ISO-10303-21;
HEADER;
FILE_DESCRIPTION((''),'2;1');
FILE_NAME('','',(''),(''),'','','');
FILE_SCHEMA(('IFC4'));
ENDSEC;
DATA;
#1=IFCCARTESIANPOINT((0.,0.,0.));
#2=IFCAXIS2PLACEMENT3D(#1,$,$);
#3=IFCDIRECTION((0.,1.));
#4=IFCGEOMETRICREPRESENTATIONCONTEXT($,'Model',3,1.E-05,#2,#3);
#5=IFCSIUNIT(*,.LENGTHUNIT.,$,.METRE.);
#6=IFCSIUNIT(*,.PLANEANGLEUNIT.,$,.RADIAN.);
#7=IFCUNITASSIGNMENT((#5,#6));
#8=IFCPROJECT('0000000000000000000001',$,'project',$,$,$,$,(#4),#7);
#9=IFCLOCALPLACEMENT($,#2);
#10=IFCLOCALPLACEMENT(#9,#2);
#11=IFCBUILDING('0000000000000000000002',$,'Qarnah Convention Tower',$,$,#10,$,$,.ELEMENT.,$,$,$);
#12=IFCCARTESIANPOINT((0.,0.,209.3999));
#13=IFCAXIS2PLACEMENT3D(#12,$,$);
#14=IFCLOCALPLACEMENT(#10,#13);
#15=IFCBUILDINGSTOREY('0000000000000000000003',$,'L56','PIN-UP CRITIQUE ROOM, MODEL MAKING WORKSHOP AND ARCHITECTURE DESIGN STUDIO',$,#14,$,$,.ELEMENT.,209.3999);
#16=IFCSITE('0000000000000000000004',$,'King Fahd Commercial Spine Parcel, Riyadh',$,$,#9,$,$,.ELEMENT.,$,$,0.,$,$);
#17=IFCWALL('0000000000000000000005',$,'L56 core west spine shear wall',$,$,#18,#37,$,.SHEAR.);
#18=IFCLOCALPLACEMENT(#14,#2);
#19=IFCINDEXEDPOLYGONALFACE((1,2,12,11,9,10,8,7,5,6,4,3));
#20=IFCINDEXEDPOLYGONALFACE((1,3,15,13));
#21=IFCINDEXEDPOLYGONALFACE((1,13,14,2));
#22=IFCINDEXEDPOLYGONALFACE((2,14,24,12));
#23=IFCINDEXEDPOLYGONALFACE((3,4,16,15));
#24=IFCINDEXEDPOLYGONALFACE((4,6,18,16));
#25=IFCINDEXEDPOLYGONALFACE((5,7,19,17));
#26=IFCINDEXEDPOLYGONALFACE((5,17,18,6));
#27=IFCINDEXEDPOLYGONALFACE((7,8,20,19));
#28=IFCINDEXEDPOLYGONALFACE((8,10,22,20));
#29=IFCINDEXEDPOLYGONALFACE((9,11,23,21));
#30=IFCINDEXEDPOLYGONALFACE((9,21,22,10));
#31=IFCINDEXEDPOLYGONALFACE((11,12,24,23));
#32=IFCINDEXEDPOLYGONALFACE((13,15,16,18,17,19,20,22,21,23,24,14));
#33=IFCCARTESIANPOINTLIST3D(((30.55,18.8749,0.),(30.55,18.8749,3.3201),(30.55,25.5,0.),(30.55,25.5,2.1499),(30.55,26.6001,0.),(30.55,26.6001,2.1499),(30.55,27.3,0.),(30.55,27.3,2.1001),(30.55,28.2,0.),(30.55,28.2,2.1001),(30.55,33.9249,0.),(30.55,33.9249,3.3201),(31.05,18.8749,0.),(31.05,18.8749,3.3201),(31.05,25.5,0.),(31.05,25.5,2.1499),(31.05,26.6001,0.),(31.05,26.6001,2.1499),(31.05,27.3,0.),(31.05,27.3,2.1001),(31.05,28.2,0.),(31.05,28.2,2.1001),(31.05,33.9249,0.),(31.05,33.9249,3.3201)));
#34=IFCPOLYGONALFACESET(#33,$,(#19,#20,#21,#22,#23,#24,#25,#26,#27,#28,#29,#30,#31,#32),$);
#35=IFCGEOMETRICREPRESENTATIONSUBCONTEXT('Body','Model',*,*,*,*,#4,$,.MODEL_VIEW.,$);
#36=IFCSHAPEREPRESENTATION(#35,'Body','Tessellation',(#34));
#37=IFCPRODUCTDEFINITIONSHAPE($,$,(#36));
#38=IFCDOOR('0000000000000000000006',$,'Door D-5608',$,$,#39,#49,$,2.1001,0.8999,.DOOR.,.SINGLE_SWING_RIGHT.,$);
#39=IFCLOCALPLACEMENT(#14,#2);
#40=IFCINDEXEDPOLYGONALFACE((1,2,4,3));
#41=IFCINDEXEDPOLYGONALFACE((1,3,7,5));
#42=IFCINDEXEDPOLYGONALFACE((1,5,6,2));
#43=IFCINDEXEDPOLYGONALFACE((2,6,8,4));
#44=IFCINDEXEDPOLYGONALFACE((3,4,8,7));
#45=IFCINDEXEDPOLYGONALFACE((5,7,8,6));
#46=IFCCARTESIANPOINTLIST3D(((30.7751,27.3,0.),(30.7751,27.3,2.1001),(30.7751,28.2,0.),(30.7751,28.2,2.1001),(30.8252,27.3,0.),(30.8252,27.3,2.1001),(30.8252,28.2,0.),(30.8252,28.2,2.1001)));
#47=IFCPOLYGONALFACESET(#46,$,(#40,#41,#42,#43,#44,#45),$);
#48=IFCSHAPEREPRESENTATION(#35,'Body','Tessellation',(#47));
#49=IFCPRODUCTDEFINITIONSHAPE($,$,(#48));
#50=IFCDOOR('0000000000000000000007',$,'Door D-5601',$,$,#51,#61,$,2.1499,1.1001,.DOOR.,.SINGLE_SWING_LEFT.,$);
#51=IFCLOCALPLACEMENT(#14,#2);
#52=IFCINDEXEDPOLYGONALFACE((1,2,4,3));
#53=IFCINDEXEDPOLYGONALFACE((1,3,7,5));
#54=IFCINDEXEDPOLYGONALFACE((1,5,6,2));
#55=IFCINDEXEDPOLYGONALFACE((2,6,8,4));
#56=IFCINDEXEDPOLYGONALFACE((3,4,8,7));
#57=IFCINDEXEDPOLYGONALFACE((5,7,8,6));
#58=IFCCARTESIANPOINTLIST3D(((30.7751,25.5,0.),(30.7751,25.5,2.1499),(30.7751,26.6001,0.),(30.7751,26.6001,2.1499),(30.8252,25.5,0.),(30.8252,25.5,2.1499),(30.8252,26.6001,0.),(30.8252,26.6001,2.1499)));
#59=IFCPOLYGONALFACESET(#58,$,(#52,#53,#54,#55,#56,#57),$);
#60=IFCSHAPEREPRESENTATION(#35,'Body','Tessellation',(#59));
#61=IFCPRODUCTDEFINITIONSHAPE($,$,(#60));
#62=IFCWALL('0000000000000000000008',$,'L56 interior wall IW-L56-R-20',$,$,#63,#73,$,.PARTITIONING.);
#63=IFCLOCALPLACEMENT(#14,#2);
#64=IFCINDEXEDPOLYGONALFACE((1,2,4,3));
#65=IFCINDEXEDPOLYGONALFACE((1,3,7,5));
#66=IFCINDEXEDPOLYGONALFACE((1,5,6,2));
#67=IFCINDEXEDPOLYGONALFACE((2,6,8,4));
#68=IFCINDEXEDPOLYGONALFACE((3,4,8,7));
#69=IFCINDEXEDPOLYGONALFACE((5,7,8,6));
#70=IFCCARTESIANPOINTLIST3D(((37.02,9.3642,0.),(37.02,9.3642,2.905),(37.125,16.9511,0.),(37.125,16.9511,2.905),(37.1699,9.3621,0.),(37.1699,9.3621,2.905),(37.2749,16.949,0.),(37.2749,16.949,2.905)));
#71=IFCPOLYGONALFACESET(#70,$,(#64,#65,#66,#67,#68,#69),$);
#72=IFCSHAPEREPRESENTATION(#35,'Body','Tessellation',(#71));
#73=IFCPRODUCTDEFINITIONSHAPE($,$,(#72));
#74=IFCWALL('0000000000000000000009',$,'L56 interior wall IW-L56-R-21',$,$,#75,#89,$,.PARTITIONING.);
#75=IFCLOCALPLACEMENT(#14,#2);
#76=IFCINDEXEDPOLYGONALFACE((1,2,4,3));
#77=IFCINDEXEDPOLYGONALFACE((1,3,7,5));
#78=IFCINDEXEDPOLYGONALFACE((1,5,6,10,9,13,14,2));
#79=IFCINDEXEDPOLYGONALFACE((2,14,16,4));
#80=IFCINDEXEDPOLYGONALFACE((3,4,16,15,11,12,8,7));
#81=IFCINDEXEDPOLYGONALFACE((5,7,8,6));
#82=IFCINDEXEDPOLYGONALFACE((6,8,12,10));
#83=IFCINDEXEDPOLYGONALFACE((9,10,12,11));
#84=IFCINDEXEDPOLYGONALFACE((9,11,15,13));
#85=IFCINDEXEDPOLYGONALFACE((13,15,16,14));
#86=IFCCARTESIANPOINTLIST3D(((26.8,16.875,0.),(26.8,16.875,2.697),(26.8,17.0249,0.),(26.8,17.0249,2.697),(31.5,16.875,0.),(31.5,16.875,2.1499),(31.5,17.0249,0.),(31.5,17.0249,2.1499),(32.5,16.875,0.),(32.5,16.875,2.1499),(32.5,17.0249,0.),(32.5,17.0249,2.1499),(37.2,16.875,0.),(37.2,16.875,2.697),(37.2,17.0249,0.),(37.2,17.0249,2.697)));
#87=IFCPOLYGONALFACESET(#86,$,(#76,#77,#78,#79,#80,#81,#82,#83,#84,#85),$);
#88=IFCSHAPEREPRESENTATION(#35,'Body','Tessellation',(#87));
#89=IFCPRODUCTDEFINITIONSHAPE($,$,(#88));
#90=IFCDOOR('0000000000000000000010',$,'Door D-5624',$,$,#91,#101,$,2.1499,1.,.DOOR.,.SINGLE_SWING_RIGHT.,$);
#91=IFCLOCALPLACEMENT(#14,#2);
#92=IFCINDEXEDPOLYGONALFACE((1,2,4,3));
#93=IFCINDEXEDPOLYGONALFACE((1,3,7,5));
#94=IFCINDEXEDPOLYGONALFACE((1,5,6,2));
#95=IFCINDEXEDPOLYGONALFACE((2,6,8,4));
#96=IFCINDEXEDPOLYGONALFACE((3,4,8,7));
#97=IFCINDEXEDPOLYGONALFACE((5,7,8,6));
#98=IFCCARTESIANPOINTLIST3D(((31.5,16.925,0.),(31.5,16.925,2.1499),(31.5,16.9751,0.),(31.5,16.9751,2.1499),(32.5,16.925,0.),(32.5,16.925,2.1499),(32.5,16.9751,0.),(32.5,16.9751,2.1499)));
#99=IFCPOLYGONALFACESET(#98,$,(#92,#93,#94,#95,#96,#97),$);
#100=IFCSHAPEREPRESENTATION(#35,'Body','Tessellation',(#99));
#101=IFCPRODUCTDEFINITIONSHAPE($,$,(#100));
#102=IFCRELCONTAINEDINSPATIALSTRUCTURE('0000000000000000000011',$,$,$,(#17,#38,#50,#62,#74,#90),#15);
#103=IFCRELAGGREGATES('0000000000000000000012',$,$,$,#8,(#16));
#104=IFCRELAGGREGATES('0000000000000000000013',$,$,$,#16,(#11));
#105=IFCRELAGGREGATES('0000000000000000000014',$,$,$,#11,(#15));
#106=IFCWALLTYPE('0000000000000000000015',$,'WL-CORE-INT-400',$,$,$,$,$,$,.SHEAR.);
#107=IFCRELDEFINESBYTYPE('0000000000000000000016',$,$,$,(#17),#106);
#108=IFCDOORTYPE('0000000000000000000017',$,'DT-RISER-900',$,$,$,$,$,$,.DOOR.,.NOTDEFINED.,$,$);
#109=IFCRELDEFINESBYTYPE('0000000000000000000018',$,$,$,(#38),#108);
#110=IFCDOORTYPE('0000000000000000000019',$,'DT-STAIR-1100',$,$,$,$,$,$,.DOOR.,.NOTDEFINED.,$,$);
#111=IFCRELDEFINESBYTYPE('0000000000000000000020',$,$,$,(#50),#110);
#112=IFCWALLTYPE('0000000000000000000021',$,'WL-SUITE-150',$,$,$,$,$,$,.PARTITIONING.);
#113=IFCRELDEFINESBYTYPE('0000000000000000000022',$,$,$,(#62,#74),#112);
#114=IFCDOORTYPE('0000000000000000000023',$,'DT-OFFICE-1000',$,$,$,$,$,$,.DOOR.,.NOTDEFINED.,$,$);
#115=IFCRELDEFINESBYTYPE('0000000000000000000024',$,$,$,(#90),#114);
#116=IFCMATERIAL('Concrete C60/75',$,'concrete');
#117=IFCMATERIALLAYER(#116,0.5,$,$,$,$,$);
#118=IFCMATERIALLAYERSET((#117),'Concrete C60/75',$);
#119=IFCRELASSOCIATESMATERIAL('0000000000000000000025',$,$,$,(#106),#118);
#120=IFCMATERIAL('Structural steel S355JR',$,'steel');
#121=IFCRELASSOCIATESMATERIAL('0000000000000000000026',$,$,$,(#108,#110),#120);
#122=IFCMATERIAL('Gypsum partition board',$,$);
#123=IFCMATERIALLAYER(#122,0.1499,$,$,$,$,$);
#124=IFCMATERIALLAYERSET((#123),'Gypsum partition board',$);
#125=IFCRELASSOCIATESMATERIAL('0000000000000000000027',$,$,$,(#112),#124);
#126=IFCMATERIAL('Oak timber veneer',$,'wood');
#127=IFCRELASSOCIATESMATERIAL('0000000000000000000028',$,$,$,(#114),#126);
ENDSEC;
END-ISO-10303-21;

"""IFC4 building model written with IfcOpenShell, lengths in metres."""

from ifc_helpers import new_model, si_unit, direction, frame, frame_2d, origin, place, context, subcontext, project, spatial, rectangle, extrude, material, layer, layer_set, type_object, element, fill, save


model = new_model("IFC4")

# Units and contexts
model_context = context("Model", 3, precision=1e-05, world=origin(), true_north=direction((0.0, 1.0)))
body_context = subcontext(model_context, "Body", "Model", "MODEL_VIEW")
ifc_project = project(units=[si_unit("LENGTHUNIT", "METRE"), si_unit("PLANEANGLEUNIT", "RADIAN")], contexts=[model_context])

# Site, building, storey
site_placement = place(None, origin())
site = spatial("IfcSite", under=ifc_project, at=site_placement, Name="King Fahd Commercial Spine Parcel, Riyadh", CompositionType="ELEMENT", RefElevation=0.0)
building_placement = place(site_placement, origin())
building = spatial("IfcBuilding", under=site, at=building_placement, Name="Qarnah Convention Tower", CompositionType="ELEMENT")
storey_placement = place(building_placement, frame((0.0, 0.0, 209.3999)))
storey = spatial("IfcBuildingStorey", under=building, at=storey_placement, Name="L56", Description="PIN-UP CRITIQUE ROOM, MODEL MAKING WORKSHOP AND ARCHITECTURE DESIGN STUDIO", CompositionType="ELEMENT", Elevation=209.3999)

# Shared definitions
ifc_material_1 = material(Name="Structural steel S355JR", Category="steel")

# Wall, openings, doors
ifc_material_2 = material(Name="Concrete C60/75", Category="concrete")
ifc_layer_1 = layer(ifc_material_2, 0.5)
ifc_layer_set_1 = layer_set([ifc_layer_1], Name="Concrete C60/75")
wall_type_1 = type_object("IfcWallType", Name="WL-CORE-INT-400", PredefinedType="SHEAR", material=ifc_layer_set_1)
wall_1_placement = place(storey_placement, frame((30.8, 18.875, 0.0), z_axis=(0.0, 0.0, 1.0), x_axis=(0.0, 1.0, 0.0)))
wall_1 = element("IfcWall", 1, at=wall_1_placement, inside=storey, type_object=wall_type_1, Name="L56 core west spine shear wall", PredefinedType="SHEAR", context=body_context, shape_type="SweptSolid", body=[
    extrude(rectangle(XDim=15.05, YDim=0.5, at=frame_2d((7.5249, 0.0))), origin(), (0.0, 0.0, 1.0), 3.3201),
])
opening_1_placement = place(wall_1_placement, frame((6.625, 0.0, 0.0)))
opening_1 = element("IfcOpeningElement", 2, at=opening_1_placement, cuts=wall_1, PredefinedType="OPENING", context=body_context, shape_type="SweptSolid", body=[
    extrude(rectangle(XDim=1.1001, YDim=2.1499, at=frame_2d((0.55, 1.075))), frame((0.0, 0.26, 0.0), z_axis=(0.0, -1.0, 0.0), x_axis=(1.0, 0.0, 0.0)), (0.0, 0.0, 1.0), 0.52),
])
opening_2_placement = place(wall_1_placement, frame((8.425, 0.0, 0.0)))
opening_2 = element("IfcOpeningElement", 3, at=opening_2_placement, cuts=wall_1, PredefinedType="OPENING", context=body_context, shape_type="SweptSolid", body=[
    extrude(rectangle(XDim=0.8999, YDim=2.1001, at=frame_2d((0.45, 1.05))), frame((0.0, 0.26, 0.0), z_axis=(0.0, -1.0, 0.0), x_axis=(1.0, 0.0, 0.0)), (0.0, 0.0, 1.0), 0.52),
])
door_type_1 = type_object("IfcDoorType", Name="DT-RISER-900", OperationType="NOTDEFINED", PredefinedType="DOOR", material=ifc_material_1)
door_1_placement = place(opening_2_placement, origin())
door_1 = element("IfcDoor", 4, at=door_1_placement, inside=storey, type_object=door_type_1, Name="Door D-5608", OperationType="SINGLE_SWING_RIGHT", OverallHeight=2.1001, OverallWidth=0.8999, PredefinedType="DOOR", context=body_context, shape_type="SweptSolid", body=[
    extrude(rectangle(XDim=0.8999, YDim=2.1001, at=frame_2d((0.45, 1.05))), frame((0.0, 0.0249, 0.0), z_axis=(0.0, -1.0, 0.0), x_axis=(1.0, 0.0, 0.0)), (0.0, 0.0, 1.0), 0.05),
])
fill(opening_2, door_1)
door_type_2 = type_object("IfcDoorType", Name="DT-STAIR-1100", OperationType="NOTDEFINED", PredefinedType="DOOR", material=ifc_material_1)
door_2_placement = place(opening_1_placement, origin())
door_2 = element("IfcDoor", 5, at=door_2_placement, inside=storey, type_object=door_type_2, Name="Door D-5601", OperationType="SINGLE_SWING_LEFT", OverallHeight=2.1499, OverallWidth=1.1001, PredefinedType="DOOR", context=body_context, shape_type="SweptSolid", body=[
    extrude(rectangle(XDim=1.1001, YDim=2.1499, at=frame_2d((0.55, 1.075))), frame((0.0, 0.0249, 0.0), z_axis=(0.0, -1.0, 0.0), x_axis=(1.0, 0.0, 0.0)), (0.0, 0.0, 1.0), 0.05),
])
fill(opening_1, door_2)

# Wall
ifc_material_3 = material(Name="Gypsum partition board")
ifc_layer_2 = layer(ifc_material_3, 0.1499)
ifc_layer_set_2 = layer_set([ifc_layer_2], Name="Gypsum partition board")
wall_type_2 = type_object("IfcWallType", Name="WL-SUITE-150", PredefinedType="PARTITIONING", material=ifc_layer_set_2)
wall_2_placement = place(storey_placement, frame((37.095, 9.363, 0.0), z_axis=(0.0, 0.0, 1.0), x_axis=(0.013836, 0.999904, 0.0)))
element("IfcWall", 6, at=wall_2_placement, inside=storey, type_object=wall_type_2, Name="L56 interior wall IW-L56-R-20", PredefinedType="PARTITIONING", context=body_context, shape_type="SweptSolid", body=[
    extrude(rectangle(XDim=7.5876, YDim=0.1499, at=frame_2d((3.7939, 0.0))), origin(), (0.0, 0.0, 1.0), 2.905),
])

# Wall, opening, door
wall_3_placement = place(storey_placement, frame((37.2, 16.95, 0.0), z_axis=(0.0, 0.0, 1.0), x_axis=(-1.0, 0.0, 0.0)))
wall_3 = element("IfcWall", 7, at=wall_3_placement, inside=storey, type_object=wall_type_2, Name="L56 interior wall IW-L56-R-21", PredefinedType="PARTITIONING", context=body_context, shape_type="SweptSolid", body=[
    extrude(rectangle(XDim=10.3999, YDim=0.1499, at=frame_2d((5.2, 0.0))), origin(), (0.0, 0.0, 1.0), 2.697),
])
opening_3_placement = place(wall_3_placement, frame((4.7, 0.0, 0.0)))
opening_3 = element("IfcOpeningElement", 8, at=opening_3_placement, cuts=wall_3, PredefinedType="OPENING", context=body_context, shape_type="SweptSolid", body=[
    extrude(rectangle(XDim=1.0, YDim=2.1499, at=frame_2d((0.5, 1.075))), frame((0.0, 0.085, 0.0), z_axis=(0.0, -1.0, 0.0), x_axis=(1.0, 0.0, 0.0)), (0.0, 0.0, 1.0), 0.1699),
])
ifc_material_4 = material(Name="Oak timber veneer", Category="wood")
door_type_3 = type_object("IfcDoorType", Name="DT-OFFICE-1000", OperationType="NOTDEFINED", PredefinedType="DOOR", material=ifc_material_4)
door_3_placement = place(opening_3_placement, origin())
door_3 = element("IfcDoor", 9, at=door_3_placement, inside=storey, type_object=door_type_3, Name="Door D-5624", OperationType="SINGLE_SWING_RIGHT", OverallHeight=2.1499, OverallWidth=1.0, PredefinedType="DOOR", context=body_context, shape_type="SweptSolid", body=[
    extrude(rectangle(XDim=1.0, YDim=2.1499, at=frame_2d((0.5, 1.075))), frame((0.0, 0.0249, 0.0), z_axis=(0.0, -1.0, 0.0), x_axis=(1.0, 0.0, 0.0)), (0.0, 0.0, 1.0), 0.05),
])
fill(opening_3, door_3)

save(model, "model.ifc")
